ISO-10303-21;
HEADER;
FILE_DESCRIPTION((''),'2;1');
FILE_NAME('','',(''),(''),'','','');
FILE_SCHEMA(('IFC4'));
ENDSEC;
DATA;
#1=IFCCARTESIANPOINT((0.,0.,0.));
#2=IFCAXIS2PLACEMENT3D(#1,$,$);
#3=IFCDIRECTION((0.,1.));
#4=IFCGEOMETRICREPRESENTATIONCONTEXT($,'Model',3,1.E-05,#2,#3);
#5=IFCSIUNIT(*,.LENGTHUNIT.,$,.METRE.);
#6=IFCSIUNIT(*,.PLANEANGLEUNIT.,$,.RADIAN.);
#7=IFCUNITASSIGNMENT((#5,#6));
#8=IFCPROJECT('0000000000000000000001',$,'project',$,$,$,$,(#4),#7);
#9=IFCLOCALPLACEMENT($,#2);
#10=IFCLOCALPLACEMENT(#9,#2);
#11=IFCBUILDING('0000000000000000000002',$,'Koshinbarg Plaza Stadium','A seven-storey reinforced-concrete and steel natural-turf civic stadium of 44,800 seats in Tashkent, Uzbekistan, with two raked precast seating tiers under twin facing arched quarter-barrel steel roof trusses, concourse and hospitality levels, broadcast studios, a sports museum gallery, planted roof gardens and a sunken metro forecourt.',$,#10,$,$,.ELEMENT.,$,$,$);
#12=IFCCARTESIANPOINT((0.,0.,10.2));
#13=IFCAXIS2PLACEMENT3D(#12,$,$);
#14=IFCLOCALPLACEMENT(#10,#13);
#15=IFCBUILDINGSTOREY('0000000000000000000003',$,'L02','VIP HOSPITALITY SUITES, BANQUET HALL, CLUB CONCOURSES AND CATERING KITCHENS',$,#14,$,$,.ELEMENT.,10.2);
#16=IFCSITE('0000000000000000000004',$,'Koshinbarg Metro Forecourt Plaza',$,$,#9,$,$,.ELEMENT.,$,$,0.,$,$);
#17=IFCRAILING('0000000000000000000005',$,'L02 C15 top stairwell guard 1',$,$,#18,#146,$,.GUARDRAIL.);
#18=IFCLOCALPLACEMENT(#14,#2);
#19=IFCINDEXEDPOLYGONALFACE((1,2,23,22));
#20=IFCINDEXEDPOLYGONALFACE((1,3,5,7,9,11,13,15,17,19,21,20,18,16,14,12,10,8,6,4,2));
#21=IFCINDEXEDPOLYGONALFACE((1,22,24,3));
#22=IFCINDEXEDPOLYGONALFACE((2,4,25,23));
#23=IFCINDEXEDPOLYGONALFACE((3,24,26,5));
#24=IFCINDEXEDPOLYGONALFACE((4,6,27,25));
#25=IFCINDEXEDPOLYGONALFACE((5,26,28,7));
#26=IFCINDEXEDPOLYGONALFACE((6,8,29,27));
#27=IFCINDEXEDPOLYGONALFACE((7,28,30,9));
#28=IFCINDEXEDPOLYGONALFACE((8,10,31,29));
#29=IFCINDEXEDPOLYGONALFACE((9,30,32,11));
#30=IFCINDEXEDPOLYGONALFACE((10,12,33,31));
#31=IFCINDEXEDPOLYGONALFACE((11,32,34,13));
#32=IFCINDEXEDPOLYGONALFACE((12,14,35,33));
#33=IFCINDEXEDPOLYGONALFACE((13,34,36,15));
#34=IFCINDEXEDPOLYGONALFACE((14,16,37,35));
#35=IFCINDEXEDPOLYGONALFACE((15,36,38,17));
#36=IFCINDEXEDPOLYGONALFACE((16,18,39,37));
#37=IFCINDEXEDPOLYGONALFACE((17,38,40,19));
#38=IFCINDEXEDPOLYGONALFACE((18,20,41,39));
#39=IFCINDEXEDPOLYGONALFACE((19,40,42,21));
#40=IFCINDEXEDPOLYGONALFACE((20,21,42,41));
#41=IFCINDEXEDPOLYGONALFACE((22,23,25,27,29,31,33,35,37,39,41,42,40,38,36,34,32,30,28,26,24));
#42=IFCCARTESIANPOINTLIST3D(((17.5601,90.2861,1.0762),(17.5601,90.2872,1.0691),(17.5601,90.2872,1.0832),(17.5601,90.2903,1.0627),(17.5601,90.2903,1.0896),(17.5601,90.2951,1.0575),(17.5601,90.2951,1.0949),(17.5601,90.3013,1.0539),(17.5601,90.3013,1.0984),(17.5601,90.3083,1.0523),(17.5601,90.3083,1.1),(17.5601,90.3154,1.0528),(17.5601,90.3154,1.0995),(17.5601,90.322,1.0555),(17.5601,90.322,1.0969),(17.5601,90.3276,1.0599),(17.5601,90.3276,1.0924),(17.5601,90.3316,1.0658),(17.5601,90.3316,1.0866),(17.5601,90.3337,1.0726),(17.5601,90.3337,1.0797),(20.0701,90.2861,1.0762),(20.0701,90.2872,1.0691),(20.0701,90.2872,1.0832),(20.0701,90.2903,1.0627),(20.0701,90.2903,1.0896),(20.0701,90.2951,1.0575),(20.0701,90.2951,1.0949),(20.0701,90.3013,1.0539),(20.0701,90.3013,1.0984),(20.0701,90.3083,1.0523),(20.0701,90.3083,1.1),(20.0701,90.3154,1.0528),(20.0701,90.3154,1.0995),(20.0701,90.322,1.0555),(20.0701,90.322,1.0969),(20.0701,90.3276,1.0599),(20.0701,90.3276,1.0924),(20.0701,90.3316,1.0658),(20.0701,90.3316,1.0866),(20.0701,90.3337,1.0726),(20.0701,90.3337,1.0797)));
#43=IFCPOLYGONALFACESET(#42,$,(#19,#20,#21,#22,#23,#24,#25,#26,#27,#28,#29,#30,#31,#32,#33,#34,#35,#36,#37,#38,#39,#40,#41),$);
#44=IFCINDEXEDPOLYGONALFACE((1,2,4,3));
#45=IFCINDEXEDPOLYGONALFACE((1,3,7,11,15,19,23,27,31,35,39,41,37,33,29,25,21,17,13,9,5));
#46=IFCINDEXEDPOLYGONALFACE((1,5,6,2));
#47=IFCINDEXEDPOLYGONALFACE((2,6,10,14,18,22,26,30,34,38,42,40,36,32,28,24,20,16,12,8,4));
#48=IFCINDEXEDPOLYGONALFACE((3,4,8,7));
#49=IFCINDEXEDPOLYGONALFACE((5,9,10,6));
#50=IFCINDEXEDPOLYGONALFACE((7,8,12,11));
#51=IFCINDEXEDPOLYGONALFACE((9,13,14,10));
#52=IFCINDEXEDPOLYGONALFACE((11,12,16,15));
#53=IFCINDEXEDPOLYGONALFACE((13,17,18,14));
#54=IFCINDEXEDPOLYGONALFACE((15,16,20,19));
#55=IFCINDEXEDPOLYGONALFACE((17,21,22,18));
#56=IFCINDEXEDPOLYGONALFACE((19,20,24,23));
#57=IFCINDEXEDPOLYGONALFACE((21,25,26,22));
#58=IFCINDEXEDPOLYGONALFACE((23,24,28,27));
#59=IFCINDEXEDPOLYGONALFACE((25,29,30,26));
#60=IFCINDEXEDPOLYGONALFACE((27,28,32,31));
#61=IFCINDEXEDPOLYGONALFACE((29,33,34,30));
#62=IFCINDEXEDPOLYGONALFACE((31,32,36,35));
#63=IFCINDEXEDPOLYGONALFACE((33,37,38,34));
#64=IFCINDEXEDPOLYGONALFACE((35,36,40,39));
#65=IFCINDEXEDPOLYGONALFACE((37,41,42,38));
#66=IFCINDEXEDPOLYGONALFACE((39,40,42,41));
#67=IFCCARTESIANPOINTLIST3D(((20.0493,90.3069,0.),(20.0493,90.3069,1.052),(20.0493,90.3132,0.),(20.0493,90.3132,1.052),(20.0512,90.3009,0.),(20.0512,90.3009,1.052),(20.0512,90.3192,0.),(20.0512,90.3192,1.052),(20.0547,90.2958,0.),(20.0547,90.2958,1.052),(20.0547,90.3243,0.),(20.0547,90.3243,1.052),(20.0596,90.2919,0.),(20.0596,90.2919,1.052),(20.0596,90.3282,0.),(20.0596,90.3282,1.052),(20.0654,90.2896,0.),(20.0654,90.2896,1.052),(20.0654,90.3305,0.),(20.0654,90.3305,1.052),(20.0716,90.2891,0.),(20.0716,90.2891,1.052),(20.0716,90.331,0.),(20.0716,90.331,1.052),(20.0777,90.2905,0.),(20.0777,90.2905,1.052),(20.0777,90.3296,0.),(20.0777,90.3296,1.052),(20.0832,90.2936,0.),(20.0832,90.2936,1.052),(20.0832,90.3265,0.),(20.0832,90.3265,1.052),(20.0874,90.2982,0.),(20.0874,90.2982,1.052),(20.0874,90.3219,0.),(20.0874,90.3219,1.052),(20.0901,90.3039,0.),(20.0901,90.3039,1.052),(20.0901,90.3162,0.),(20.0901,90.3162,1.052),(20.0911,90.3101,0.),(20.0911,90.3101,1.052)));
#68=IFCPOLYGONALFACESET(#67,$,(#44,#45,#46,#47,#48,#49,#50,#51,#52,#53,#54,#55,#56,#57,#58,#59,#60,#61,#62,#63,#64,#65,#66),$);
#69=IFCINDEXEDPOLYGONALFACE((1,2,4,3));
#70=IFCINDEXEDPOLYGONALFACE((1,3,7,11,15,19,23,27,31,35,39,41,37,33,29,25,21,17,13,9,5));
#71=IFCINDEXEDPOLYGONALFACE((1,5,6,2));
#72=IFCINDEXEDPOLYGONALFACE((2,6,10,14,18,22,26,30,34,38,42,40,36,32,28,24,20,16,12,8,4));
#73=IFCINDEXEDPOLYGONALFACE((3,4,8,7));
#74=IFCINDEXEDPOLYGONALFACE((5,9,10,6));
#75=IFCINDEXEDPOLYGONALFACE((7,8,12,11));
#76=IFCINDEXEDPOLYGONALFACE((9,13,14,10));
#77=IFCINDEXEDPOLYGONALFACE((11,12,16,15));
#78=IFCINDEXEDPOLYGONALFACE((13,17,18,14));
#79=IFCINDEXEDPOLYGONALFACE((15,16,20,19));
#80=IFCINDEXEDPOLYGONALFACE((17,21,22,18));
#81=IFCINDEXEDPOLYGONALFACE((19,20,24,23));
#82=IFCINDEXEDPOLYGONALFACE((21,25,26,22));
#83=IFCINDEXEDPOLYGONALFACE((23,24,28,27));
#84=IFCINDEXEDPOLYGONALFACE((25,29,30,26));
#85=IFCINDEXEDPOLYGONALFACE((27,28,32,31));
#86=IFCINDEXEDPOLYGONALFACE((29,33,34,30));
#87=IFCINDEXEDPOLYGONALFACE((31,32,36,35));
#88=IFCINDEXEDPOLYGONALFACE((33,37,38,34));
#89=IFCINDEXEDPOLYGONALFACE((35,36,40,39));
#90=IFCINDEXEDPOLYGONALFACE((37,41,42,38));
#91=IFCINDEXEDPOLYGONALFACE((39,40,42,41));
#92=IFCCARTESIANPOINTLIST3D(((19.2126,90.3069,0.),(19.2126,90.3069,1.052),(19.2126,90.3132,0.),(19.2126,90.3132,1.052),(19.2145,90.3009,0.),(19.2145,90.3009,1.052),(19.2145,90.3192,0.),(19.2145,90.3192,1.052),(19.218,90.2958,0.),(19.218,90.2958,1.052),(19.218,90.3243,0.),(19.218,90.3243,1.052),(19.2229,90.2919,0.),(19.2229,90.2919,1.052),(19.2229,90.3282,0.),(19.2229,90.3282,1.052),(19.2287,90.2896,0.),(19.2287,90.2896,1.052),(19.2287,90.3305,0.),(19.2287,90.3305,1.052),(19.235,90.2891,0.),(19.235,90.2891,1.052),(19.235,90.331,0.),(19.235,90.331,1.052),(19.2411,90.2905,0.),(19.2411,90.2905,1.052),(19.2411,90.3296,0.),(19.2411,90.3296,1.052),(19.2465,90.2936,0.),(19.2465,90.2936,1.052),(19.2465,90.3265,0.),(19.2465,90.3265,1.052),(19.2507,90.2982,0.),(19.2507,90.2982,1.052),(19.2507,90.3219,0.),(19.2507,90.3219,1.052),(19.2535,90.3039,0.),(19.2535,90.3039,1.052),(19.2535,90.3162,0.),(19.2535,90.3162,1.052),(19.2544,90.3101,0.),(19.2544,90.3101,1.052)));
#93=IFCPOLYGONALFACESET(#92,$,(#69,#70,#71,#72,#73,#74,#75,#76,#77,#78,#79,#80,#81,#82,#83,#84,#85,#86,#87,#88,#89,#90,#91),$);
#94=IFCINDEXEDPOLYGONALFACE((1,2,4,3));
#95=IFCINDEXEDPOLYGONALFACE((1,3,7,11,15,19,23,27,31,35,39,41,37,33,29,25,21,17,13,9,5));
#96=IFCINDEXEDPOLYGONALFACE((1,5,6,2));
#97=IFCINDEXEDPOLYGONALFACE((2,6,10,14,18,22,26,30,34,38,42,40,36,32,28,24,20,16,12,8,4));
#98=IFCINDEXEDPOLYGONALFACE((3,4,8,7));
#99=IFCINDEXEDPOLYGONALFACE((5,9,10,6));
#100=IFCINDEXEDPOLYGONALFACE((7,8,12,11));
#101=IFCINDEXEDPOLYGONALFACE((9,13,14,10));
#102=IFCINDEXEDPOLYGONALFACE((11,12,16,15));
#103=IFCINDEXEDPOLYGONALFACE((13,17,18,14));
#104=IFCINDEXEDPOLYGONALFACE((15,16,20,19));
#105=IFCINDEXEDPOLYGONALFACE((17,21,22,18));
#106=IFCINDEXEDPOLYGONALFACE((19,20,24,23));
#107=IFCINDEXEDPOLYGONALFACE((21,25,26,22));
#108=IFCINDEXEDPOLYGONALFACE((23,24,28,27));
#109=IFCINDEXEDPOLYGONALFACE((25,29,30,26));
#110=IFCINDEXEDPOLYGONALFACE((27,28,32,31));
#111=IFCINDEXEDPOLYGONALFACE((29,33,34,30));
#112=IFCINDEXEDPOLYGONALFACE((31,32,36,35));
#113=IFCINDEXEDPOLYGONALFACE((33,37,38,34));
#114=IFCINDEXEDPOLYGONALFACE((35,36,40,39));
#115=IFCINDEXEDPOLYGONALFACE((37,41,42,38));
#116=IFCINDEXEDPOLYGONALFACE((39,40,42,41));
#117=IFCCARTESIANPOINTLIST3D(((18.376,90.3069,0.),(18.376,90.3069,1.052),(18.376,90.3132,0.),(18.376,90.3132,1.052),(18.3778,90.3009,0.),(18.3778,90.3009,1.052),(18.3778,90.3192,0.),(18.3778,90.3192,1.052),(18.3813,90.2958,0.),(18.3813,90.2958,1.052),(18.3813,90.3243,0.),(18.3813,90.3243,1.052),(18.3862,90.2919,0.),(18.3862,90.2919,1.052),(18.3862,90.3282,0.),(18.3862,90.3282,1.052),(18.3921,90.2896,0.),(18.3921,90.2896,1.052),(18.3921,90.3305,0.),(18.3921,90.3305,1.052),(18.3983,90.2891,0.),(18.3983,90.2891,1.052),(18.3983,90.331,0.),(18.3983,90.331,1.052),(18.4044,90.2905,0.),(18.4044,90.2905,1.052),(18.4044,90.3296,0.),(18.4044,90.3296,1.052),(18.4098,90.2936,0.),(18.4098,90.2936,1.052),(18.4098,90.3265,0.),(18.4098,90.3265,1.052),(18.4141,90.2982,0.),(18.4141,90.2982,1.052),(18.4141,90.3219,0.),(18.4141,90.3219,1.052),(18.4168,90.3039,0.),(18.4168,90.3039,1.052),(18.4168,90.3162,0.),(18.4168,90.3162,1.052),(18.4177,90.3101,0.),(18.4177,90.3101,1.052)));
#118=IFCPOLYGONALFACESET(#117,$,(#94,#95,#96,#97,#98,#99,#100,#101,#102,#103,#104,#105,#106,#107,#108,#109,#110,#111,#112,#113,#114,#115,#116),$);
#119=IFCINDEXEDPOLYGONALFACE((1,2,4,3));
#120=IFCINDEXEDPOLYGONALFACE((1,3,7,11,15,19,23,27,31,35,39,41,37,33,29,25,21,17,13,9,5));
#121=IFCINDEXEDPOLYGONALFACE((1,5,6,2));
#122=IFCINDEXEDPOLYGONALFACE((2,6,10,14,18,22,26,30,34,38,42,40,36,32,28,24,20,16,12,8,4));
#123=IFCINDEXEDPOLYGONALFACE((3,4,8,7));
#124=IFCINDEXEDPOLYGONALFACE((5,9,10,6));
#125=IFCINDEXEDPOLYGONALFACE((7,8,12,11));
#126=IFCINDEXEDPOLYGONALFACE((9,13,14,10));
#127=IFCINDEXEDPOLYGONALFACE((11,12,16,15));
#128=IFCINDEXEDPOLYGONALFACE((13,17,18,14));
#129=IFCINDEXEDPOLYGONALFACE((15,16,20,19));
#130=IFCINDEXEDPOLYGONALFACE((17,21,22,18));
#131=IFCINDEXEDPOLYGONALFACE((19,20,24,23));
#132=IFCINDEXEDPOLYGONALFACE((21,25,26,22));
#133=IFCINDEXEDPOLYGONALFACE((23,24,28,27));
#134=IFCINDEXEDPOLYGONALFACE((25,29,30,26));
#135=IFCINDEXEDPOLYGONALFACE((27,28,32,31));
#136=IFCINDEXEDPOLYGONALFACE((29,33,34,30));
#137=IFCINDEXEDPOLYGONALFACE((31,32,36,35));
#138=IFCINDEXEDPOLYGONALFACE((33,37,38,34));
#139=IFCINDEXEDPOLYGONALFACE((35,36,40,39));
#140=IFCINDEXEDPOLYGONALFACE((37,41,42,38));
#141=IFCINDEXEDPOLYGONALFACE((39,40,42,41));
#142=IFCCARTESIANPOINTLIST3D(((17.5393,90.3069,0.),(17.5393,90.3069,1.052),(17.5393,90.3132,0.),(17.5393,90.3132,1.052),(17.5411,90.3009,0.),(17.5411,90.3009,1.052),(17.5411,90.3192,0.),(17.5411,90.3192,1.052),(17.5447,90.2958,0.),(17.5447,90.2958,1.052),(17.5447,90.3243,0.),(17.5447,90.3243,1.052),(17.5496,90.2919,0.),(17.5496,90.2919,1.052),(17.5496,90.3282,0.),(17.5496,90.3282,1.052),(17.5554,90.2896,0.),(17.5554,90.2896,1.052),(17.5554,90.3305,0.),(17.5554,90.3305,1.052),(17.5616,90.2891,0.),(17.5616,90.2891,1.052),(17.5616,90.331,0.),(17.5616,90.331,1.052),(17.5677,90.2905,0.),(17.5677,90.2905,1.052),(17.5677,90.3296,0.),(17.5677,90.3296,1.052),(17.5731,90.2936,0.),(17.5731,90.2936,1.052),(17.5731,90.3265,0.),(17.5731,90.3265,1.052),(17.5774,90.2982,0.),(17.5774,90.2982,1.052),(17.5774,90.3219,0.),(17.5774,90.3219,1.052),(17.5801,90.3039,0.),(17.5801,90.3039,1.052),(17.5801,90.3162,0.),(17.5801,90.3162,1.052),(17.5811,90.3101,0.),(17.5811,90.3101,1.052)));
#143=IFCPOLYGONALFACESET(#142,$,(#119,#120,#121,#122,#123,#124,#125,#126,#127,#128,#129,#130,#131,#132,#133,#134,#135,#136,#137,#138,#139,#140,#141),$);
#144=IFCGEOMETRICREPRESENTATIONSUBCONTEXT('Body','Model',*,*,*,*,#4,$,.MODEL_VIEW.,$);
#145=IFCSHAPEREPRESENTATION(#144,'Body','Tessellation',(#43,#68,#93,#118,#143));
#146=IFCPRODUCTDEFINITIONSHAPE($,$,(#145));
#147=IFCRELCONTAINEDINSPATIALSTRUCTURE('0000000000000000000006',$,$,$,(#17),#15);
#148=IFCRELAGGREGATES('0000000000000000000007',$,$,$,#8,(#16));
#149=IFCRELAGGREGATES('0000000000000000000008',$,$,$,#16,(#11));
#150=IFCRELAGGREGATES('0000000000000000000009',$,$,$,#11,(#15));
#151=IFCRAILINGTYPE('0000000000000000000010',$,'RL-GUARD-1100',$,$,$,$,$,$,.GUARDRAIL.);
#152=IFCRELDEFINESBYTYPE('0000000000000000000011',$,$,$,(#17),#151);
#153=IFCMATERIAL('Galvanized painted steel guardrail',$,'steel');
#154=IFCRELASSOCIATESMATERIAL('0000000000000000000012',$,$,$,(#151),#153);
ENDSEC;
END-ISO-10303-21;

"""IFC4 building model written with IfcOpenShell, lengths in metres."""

from ifc_helpers import new_model, si_unit, direction, frame, origin, origin_2d, place, context, subcontext, project, spatial, circle, extrude, material, type_object, element, save


model = new_model("IFC4")

# Units and contexts
model_context = context("Model", 3, precision=1e-05, world=origin(), true_north=direction((0.0, 1.0)))
body_context = subcontext(model_context, "Body", "Model", "MODEL_VIEW")
ifc_project = project(units=[si_unit("LENGTHUNIT", "METRE"), si_unit("PLANEANGLEUNIT", "RADIAN")], contexts=[model_context])

# Site, building, storey
site_placement = place(None, origin())
site = spatial("IfcSite", under=ifc_project, at=site_placement, Name="Koshinbarg Metro Forecourt Plaza", CompositionType="ELEMENT", RefElevation=0.0)
building_placement = place(site_placement, origin())
building = spatial("IfcBuilding", under=site, at=building_placement, Name="Koshinbarg Plaza Stadium", Description="A seven-storey reinforced-concrete and steel natural-turf civic stadium of 44,800 seats in Tashkent, Uzbekistan, with two raked precast seating tiers under twin facing arched quarter-barrel steel roof trusses, concourse and hospitality levels, broadcast studios, a sports museum gallery, planted roof gardens and a sunken metro forecourt.", CompositionType="ELEMENT")
storey_placement = place(building_placement, frame((0.0, 0.0, 10.2)))
storey = spatial("IfcBuildingStorey", under=building, at=storey_placement, Name="L02", Description="VIP HOSPITALITY SUITES, BANQUET HALL, CLUB CONCOURSES AND CATERING KITCHENS", CompositionType="ELEMENT", Elevation=10.2)

# Railing
ifc_material_1 = material(Name="Galvanized painted steel guardrail", Category="steel")
railing_type = type_object("IfcRailingType", Name="RL-GUARD-1100", PredefinedType="GUARDRAIL", material=ifc_material_1)
railing_placement = place(storey_placement, frame((20.0701, 90.3101, 0.0)))
element("IfcRailing", 1, at=railing_placement, inside=storey, type_object=railing_type, Name="L02 C15 top stairwell guard 1", PredefinedType="GUARDRAIL", context=body_context, shape_type="SweptSolid", body=[
    extrude(circle(Radius=0.0239, at=origin_2d()), frame((0.0, 0.0, 1.0762), z_axis=(-1.0, 0.0, 0.0), x_axis=(0.0, -1.0, 0.0)), (0.0, 0.0, 1.0), 2.51),
    extrude(circle(Radius=0.021, at=origin_2d()), origin(), (0.0, 0.0, 1.0), 1.052),
    extrude(circle(Radius=0.021, at=origin_2d()), frame((-0.8367, 0.0, 0.0)), (0.0, 0.0, 1.0), 1.052),
    extrude(circle(Radius=0.021, at=origin_2d()), frame((-1.6733, 0.0, 0.0)), (0.0, 0.0, 1.0), 1.052),
    extrude(circle(Radius=0.021, at=origin_2d()), frame((-2.51, 0.0, 0.0)), (0.0, 0.0, 1.0), 1.052),
])

save(model, "model.ifc")
